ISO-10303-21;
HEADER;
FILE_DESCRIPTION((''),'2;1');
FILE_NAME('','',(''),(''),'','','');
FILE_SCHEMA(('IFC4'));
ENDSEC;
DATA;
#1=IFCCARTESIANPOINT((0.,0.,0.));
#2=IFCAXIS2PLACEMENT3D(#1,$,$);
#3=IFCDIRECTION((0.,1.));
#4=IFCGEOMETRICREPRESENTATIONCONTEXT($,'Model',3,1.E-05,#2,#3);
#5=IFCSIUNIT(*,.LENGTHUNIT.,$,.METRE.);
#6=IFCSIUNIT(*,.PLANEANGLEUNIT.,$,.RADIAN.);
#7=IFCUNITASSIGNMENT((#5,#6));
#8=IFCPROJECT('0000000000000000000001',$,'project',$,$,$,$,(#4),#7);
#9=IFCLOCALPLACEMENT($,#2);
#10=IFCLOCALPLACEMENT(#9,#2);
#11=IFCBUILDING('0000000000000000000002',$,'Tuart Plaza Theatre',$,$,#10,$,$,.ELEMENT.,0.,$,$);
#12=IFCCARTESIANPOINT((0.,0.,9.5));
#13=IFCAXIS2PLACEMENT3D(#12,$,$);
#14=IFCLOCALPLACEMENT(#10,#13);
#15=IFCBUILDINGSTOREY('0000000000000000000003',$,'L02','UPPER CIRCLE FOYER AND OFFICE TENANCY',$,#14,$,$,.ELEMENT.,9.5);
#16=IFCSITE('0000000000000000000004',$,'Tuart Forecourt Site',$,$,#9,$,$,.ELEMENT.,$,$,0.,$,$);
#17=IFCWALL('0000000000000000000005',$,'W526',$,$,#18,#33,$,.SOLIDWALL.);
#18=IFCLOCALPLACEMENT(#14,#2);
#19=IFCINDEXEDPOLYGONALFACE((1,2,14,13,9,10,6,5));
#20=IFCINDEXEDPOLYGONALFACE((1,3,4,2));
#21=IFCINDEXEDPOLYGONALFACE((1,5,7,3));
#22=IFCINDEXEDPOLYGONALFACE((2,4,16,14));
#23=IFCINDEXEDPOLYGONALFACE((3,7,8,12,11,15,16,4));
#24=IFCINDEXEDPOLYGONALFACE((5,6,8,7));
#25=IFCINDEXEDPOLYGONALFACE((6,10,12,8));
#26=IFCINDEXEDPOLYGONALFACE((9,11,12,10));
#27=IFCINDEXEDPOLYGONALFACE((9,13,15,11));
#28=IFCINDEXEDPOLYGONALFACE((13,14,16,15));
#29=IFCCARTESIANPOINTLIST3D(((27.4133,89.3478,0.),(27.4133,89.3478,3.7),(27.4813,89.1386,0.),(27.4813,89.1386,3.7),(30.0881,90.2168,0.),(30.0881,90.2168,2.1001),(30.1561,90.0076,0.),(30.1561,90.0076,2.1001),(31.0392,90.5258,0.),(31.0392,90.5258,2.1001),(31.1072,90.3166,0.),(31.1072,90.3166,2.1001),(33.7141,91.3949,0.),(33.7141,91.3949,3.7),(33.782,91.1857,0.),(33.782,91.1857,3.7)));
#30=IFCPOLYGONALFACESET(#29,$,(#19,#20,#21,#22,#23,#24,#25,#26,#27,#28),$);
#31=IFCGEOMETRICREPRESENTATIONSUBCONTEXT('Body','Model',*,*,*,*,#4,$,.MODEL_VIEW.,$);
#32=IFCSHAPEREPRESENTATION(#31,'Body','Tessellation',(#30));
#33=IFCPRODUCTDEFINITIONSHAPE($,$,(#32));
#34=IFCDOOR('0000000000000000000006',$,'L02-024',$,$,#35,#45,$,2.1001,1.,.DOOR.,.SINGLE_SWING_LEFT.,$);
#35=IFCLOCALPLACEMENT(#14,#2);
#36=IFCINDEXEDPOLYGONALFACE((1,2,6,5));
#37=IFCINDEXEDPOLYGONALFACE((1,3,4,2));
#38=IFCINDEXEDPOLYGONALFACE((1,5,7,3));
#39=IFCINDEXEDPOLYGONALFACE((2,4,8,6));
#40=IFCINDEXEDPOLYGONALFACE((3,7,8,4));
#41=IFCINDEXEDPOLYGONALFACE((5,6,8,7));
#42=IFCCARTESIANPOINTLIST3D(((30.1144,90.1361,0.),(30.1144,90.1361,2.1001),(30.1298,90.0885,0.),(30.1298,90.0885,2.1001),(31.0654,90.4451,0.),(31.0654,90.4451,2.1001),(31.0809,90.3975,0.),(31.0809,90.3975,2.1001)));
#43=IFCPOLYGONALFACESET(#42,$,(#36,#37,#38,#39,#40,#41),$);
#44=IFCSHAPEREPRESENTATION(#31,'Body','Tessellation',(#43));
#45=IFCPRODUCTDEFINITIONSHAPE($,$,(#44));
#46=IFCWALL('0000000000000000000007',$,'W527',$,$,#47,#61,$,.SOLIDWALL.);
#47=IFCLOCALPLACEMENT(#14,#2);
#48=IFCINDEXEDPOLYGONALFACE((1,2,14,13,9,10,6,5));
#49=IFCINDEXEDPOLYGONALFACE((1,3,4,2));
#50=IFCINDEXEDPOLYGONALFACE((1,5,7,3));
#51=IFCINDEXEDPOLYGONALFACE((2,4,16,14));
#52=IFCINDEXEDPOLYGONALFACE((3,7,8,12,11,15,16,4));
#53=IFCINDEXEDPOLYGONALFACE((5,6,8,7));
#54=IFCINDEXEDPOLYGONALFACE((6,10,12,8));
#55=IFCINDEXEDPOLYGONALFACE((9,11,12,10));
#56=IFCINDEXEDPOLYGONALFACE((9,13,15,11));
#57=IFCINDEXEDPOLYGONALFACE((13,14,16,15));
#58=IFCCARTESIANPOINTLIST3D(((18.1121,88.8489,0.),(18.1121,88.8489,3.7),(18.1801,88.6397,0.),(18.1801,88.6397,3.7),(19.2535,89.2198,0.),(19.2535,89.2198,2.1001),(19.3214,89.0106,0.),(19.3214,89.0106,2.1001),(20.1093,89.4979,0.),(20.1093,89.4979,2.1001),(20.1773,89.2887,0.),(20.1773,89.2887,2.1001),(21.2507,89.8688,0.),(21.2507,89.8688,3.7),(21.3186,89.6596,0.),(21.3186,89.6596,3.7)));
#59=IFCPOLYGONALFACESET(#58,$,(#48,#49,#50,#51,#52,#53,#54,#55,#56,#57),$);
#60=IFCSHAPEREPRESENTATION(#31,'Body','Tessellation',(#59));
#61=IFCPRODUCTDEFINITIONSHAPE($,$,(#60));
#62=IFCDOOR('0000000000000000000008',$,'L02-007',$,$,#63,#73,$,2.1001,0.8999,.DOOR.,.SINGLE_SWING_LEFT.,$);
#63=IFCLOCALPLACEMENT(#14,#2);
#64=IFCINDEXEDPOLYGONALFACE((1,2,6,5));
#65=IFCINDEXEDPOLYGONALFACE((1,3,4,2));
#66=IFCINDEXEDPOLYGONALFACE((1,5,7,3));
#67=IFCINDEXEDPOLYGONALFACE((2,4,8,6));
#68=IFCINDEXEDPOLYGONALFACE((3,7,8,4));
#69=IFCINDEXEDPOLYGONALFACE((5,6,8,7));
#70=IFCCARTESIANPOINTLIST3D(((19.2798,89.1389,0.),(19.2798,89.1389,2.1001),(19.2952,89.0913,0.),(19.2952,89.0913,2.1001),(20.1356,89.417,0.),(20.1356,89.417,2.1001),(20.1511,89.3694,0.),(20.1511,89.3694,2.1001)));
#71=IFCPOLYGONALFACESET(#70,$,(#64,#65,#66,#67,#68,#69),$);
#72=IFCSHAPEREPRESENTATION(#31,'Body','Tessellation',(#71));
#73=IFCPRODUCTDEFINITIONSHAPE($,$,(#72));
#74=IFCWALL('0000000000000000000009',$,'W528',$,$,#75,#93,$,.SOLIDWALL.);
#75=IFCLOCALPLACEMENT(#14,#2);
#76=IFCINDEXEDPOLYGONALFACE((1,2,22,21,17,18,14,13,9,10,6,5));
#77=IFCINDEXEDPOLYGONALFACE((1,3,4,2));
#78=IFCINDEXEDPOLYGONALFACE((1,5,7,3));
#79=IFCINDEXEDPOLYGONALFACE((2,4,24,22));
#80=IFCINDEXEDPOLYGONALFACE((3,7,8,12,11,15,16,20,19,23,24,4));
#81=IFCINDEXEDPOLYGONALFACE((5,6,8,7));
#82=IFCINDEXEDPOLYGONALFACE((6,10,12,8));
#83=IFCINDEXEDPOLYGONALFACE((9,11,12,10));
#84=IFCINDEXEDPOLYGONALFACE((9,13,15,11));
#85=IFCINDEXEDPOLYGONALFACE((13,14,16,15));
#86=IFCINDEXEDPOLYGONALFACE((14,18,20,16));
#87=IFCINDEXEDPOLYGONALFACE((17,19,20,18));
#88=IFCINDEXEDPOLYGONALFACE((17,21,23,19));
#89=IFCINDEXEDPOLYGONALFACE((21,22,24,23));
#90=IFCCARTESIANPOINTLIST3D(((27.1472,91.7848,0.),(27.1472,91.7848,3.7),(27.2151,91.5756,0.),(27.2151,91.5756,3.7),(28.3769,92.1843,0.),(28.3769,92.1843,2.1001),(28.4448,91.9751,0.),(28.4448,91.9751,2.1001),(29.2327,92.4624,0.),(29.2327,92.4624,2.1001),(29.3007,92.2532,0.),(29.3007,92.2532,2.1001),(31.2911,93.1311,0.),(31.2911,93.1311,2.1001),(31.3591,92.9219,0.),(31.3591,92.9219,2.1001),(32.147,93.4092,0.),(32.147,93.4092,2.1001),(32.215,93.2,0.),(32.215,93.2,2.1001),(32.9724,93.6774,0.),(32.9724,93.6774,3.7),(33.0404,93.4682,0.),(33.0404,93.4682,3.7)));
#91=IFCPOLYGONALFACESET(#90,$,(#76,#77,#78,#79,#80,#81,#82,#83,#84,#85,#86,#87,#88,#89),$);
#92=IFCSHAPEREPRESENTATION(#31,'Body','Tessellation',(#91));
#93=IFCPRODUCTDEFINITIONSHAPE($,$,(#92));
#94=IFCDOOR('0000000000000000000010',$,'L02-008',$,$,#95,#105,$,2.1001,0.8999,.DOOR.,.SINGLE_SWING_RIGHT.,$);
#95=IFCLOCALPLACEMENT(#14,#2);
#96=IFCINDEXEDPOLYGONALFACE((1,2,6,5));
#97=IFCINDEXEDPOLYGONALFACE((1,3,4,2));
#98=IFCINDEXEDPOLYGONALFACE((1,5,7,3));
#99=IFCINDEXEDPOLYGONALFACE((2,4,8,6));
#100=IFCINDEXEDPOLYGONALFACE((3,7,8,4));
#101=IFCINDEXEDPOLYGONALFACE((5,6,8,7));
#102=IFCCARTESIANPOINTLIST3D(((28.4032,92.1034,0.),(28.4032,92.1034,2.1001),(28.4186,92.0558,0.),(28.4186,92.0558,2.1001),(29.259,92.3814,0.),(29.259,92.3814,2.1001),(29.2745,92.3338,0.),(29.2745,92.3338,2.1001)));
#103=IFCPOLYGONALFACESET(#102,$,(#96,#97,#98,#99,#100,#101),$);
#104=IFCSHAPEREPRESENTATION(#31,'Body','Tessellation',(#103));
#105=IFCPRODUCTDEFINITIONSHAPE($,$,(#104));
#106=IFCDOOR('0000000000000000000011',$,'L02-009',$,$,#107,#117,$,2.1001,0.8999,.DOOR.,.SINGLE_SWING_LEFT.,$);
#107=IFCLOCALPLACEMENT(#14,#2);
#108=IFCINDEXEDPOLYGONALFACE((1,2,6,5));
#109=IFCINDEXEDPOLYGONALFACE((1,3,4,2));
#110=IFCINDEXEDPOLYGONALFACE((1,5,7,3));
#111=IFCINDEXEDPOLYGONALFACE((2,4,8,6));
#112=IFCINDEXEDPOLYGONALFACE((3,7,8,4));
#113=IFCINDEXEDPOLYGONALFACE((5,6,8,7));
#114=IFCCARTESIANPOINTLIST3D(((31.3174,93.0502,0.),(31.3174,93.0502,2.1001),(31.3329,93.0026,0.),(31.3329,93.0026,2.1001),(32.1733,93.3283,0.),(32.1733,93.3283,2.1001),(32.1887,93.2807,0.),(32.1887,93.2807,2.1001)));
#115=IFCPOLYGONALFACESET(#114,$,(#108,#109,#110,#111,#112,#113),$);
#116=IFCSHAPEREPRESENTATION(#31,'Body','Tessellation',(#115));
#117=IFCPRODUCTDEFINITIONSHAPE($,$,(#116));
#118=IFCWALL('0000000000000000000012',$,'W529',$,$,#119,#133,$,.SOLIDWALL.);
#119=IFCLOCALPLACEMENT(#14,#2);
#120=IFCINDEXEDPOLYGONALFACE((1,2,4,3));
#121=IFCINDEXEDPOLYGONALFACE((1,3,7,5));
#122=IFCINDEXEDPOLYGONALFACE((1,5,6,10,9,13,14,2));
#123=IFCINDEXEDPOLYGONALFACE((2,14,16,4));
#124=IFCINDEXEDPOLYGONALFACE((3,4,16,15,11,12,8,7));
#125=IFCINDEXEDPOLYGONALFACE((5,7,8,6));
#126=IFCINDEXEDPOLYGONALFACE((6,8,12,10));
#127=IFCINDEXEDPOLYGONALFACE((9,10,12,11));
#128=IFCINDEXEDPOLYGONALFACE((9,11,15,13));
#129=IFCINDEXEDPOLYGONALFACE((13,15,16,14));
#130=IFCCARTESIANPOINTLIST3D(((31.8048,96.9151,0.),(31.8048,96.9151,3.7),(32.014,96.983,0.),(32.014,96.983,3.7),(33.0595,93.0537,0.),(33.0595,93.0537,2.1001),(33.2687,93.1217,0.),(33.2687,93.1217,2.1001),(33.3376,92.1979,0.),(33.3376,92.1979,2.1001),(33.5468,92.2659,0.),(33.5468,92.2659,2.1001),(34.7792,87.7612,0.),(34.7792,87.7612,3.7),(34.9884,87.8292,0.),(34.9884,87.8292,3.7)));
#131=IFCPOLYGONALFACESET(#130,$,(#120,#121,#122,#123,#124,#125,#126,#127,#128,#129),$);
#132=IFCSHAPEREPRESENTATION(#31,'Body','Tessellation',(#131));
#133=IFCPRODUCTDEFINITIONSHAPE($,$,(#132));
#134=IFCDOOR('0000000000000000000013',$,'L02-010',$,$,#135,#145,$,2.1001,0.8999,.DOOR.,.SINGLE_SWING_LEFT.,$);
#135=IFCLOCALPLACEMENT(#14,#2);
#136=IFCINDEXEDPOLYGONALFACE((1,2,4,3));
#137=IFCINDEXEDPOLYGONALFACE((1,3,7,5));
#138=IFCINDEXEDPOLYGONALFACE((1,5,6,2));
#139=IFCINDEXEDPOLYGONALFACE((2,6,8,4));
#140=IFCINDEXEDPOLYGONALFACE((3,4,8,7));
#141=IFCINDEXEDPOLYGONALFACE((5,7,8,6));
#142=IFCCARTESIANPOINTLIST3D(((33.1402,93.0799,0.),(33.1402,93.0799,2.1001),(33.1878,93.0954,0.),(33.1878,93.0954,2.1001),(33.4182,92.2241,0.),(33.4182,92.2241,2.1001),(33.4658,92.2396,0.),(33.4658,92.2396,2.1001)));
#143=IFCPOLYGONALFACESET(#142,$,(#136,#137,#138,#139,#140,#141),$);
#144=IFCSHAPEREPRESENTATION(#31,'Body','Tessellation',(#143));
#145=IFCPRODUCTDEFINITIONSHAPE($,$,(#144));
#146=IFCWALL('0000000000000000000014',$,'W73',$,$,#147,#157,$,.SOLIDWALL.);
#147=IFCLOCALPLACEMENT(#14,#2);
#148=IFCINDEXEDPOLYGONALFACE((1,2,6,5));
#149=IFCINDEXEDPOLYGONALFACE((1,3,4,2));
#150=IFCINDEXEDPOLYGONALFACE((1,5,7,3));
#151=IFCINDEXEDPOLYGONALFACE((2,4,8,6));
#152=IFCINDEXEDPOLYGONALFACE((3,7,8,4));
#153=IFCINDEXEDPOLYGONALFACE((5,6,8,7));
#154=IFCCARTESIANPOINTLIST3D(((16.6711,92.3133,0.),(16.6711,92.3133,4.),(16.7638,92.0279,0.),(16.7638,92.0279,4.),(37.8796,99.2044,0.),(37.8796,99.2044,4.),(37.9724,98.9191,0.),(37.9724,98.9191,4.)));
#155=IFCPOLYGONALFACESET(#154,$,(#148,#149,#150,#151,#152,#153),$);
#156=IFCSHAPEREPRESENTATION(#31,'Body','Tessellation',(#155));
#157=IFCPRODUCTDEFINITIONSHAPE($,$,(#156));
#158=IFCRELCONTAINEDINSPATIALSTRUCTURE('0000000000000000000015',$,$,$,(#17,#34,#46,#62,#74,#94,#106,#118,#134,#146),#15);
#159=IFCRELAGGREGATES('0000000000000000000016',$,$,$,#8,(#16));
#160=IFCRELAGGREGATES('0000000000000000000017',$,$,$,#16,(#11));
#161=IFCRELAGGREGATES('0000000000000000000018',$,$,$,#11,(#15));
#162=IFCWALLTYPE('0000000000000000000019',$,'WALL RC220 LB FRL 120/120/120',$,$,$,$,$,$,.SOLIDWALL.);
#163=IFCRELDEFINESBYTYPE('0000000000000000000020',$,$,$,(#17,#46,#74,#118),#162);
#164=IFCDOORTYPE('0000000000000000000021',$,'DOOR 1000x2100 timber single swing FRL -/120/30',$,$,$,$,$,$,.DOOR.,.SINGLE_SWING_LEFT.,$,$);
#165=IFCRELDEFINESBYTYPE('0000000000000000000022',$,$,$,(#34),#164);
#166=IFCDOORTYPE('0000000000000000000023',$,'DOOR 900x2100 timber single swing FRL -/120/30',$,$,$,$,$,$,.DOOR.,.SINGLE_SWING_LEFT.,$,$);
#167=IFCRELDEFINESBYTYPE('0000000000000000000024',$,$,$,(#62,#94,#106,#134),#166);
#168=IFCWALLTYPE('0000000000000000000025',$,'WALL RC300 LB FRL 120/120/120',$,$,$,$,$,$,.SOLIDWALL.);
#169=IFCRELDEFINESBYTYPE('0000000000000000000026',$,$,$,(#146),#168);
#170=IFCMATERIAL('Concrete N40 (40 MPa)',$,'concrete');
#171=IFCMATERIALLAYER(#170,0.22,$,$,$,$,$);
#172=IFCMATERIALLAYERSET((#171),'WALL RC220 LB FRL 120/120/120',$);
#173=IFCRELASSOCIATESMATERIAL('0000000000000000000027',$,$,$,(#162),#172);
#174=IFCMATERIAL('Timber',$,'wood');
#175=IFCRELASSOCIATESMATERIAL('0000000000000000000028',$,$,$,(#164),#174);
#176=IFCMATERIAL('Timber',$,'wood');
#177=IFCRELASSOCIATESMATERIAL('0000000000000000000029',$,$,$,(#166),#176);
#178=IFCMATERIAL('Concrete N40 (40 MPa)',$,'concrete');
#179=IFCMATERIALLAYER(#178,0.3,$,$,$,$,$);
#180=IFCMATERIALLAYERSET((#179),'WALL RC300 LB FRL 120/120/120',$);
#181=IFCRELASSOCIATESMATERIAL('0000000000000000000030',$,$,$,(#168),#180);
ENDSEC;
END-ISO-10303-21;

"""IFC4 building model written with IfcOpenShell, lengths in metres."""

from ifc_helpers import new_model, si_unit, direction, frame, frame_2d, origin, place, context, subcontext, project, spatial, rectangle, extrude, material, layer, layer_set, type_object, element, fill, save


model = new_model("IFC4")

# Units and contexts
model_context = context("Model", 3, precision=1e-05, world=origin(), true_north=direction((0.0, 1.0)))
body_context = subcontext(model_context, "Body", "Model", "MODEL_VIEW")
ifc_project = project(units=[si_unit("LENGTHUNIT", "METRE"), si_unit("PLANEANGLEUNIT", "RADIAN")], contexts=[model_context])

# Site, building, storey
site_placement = place(None, origin())
site = spatial("IfcSite", under=ifc_project, at=site_placement, Name="Tuart Forecourt Site", CompositionType="ELEMENT", RefElevation=0.0)
building_placement = place(site_placement, origin())
building = spatial("IfcBuilding", under=site, at=building_placement, Name="Tuart Plaza Theatre", CompositionType="ELEMENT", ElevationOfRefHeight=0.0)
storey_placement = place(building_placement, frame((0.0, 0.0, 9.5)))
storey = spatial("IfcBuildingStorey", under=building, at=storey_placement, Name="L02", Description="UPPER CIRCLE FOYER AND OFFICE TENANCY", CompositionType="ELEMENT", Elevation=9.5)

# Walls, openings, doors
ifc_material_1 = material(Name="Concrete N40 (40 MPa)", Category="concrete")
ifc_layer_1 = layer(ifc_material_1, 0.22)
ifc_layer_set_1 = layer_set([ifc_layer_1], Name="WALL RC220 LB FRL 120/120/120")
wall_type_1 = type_object("IfcWallType", Name="WALL RC220 LB FRL 120/120/120", PredefinedType="SOLIDWALL", material=ifc_layer_set_1)
wall_1_placement = place(storey_placement, frame((27.4473, 89.2432, 0.0), z_axis=(0.0, 0.0, 1.0), x_axis=(0.951062, 0.308999, 0.0)))
wall_1 = element("IfcWall", 1, at=wall_1_placement, inside=storey, type_object=wall_type_1, Name="W526", PredefinedType="SOLIDWALL", context=body_context, shape_type="SweptSolid", body=[
    extrude(rectangle(XDim=6.625, YDim=0.22, at=frame_2d((3.3125, 0.0))), origin(), (0.0, 0.0, 1.0), 3.7),
])
opening_1_placement = place(wall_1_placement, frame((2.8125, 0.0, 0.0)))
opening_1 = element("IfcOpeningElement", 2, at=opening_1_placement, cuts=wall_1, PredefinedType="OPENING", context=body_context, shape_type="SweptSolid", body=[
    extrude(rectangle(XDim=1.0, YDim=2.1001, at=frame_2d((0.5, 1.05))), frame((0.0, 0.1199, 0.0), z_axis=(0.0, -1.0, 0.0), x_axis=(1.0, 0.0, 0.0)), (0.0, 0.0, 1.0), 0.24),
])
ifc_material_2 = material(Name="Timber", Category="wood")
door_type_1 = type_object("IfcDoorType", Name="DOOR 1000x2100 timber single swing FRL -/120/30", OperationType="SINGLE_SWING_LEFT", PredefinedType="DOOR", material=ifc_material_2)
door_1_placement = place(opening_1_placement, frame((1.0, 0.0, 0.0), z_axis=(0.0, 0.0, 1.0), x_axis=(-1.0, 0.0, 0.0)))
door_1 = element("IfcDoor", 3, at=door_1_placement, inside=storey, type_object=door_type_1, Name="L02-024", OperationType="SINGLE_SWING_LEFT", OverallHeight=2.1001, OverallWidth=1.0, PredefinedType="DOOR", context=body_context, shape_type="SweptSolid", body=[
    extrude(rectangle(XDim=1.0, YDim=2.1001, at=frame_2d((0.5, 1.05))), frame((0.0, 0.0249, 0.0), z_axis=(0.0, -1.0, 0.0), x_axis=(1.0, 0.0, 0.0)), (0.0, 0.0, 1.0), 0.05),
])
fill(opening_1, door_1)
wall_2_placement = place(storey_placement, frame((18.1462, 88.7444, 0.0), z_axis=(0.0, 0.0, 1.0), x_axis=(0.951053, 0.309028, 0.0)))
wall_2 = element("IfcWall", 4, at=wall_2_placement, inside=storey, type_object=wall_type_1, Name="W527", PredefinedType="SOLIDWALL", context=body_context, shape_type="SweptSolid", body=[
    extrude(rectangle(XDim=3.3, YDim=0.22, at=frame_2d((1.6499, 0.0))), origin(), (0.0, 0.0, 1.0), 3.7),
])
opening_2_placement = place(wall_2_placement, frame((1.2, 0.0, 0.0)))
opening_2 = element("IfcOpeningElement", 5, at=opening_2_placement, cuts=wall_2, PredefinedType="OPENING", context=body_context, shape_type="SweptSolid", body=[
    extrude(rectangle(XDim=0.8999, YDim=2.1001, at=frame_2d((0.45, 1.05))), frame((0.0, 0.1199, 0.0), z_axis=(0.0, -1.0, 0.0), x_axis=(1.0, 0.0, 0.0)), (0.0, 0.0, 1.0), 0.24),
])
ifc_material_3 = material(Name="Timber", Category="wood")
door_type_2 = type_object("IfcDoorType", Name="DOOR 900x2100 timber single swing FRL -/120/30", OperationType="SINGLE_SWING_LEFT", PredefinedType="DOOR", material=ifc_material_3)
door_2_placement = place(opening_2_placement, origin())
door_2 = element("IfcDoor", 6, at=door_2_placement, inside=storey, type_object=door_type_2, Name="L02-007", OperationType="SINGLE_SWING_LEFT", OverallHeight=2.1001, OverallWidth=0.8999, PredefinedType="DOOR", context=body_context, shape_type="SweptSolid", body=[
    extrude(rectangle(XDim=0.8999, YDim=2.1001, at=frame_2d((0.45, 1.05))), frame((0.0, 0.0249, 0.0), z_axis=(0.0, -1.0, 0.0), x_axis=(1.0, 0.0, 0.0)), (0.0, 0.0, 1.0), 0.05),
])
fill(opening_2, door_2)

# Wall, openings, doors
wall_3_placement = place(storey_placement, frame((27.1812, 91.6802, 0.0), z_axis=(0.0, 0.0, 1.0), x_axis=(0.951063, 0.308996, 0.0)))
wall_3 = element("IfcWall", 7, at=wall_3_placement, inside=storey, type_object=wall_type_1, Name="W528", PredefinedType="SOLIDWALL", context=body_context, shape_type="SweptSolid", body=[
    extrude(rectangle(XDim=6.125, YDim=0.22, at=frame_2d((3.0625, 0.0))), origin(), (0.0, 0.0, 1.0), 3.7),
])
opening_3_placement = place(wall_3_placement, frame((1.293, 0.0, 0.0)))
opening_3 = element("IfcOpeningElement", 8, at=opening_3_placement, cuts=wall_3, PredefinedType="OPENING", context=body_context, shape_type="SweptSolid", body=[
    extrude(rectangle(XDim=0.8999, YDim=2.1001, at=frame_2d((0.45, 1.05))), frame((0.0, 0.1199, 0.0), z_axis=(0.0, -1.0, 0.0), x_axis=(1.0, 0.0, 0.0)), (0.0, 0.0, 1.0), 0.24),
])
opening_4_placement = place(wall_3_placement, frame((4.3572, 0.0, 0.0)))
opening_4 = element("IfcOpeningElement", 9, at=opening_4_placement, cuts=wall_3, PredefinedType="OPENING", context=body_context, shape_type="SweptSolid", body=[
    extrude(rectangle(XDim=0.8999, YDim=2.1001, at=frame_2d((0.45, 1.05))), frame((0.0, 0.1199, 0.0), z_axis=(0.0, -1.0, 0.0), x_axis=(1.0, 0.0, 0.0)), (0.0, 0.0, 1.0), 0.24),
])
door_3_placement = place(opening_3_placement, origin())
door_3 = element("IfcDoor", 10, at=door_3_placement, inside=storey, type_object=door_type_2, Name="L02-008", OperationType="SINGLE_SWING_RIGHT", OverallHeight=2.1001, OverallWidth=0.8999, PredefinedType="DOOR", context=body_context, shape_type="SweptSolid", body=[
    extrude(rectangle(XDim=0.8999, YDim=2.1001, at=frame_2d((0.45, 1.05))), frame((0.0, 0.0249, 0.0), z_axis=(0.0, -1.0, 0.0), x_axis=(1.0, 0.0, 0.0)), (0.0, 0.0, 1.0), 0.05),
])
fill(opening_3, door_3)
door_4_placement = place(opening_4_placement, origin())
door_4 = element("IfcDoor", 11, at=door_4_placement, inside=storey, type_object=door_type_2, Name="L02-009", OperationType="SINGLE_SWING_LEFT", OverallHeight=2.1001, OverallWidth=0.8999, PredefinedType="DOOR", context=body_context, shape_type="SweptSolid", body=[
    extrude(rectangle(XDim=0.8999, YDim=2.1001, at=frame_2d((0.45, 1.05))), frame((0.0, 0.0249, 0.0), z_axis=(0.0, -1.0, 0.0), x_axis=(1.0, 0.0, 0.0)), (0.0, 0.0, 1.0), 0.05),
])
fill(opening_4, door_4)

# Wall, opening, door
wall_4_placement = place(storey_placement, frame((34.8838, 87.7952, 0.0), z_axis=(0.0, 0.0, 1.0), x_axis=(-0.309028, 0.951053, 0.0)))
wall_4 = element("IfcWall", 12, at=wall_4_placement, inside=storey, type_object=wall_type_1, Name="W529", PredefinedType="SOLIDWALL", context=body_context, shape_type="SweptSolid", body=[
    extrude(rectangle(XDim=9.625, YDim=0.22, at=frame_2d((4.8125, 0.0))), origin(), (0.0, 0.0, 1.0), 3.7),
])
opening_5_placement = place(wall_4_placement, frame((4.665, 0.0, 0.0)))
opening_5 = element("IfcOpeningElement", 13, at=opening_5_placement, cuts=wall_4, PredefinedType="OPENING", context=body_context, shape_type="SweptSolid", body=[
    extrude(rectangle(XDim=0.8999, YDim=2.1001, at=frame_2d((0.45, 1.05))), frame((0.0, 0.1199, 0.0), z_axis=(0.0, -1.0, 0.0), x_axis=(1.0, 0.0, 0.0)), (0.0, 0.0, 1.0), 0.24),
])
door_5_placement = place(opening_5_placement, frame((0.8999, 0.0, 0.0), z_axis=(0.0, 0.0, 1.0), x_axis=(-1.0, 0.0, 0.0)))
door_5 = element("IfcDoor", 14, at=door_5_placement, inside=storey, type_object=door_type_2, Name="L02-010", OperationType="SINGLE_SWING_LEFT", OverallHeight=2.1001, OverallWidth=0.8999, PredefinedType="DOOR", context=body_context, shape_type="SweptSolid", body=[
    extrude(rectangle(XDim=0.8999, YDim=2.1001, at=frame_2d((0.45, 1.05))), frame((0.0, 0.0249, 0.0), z_axis=(0.0, -1.0, 0.0), x_axis=(1.0, 0.0, 0.0)), (0.0, 0.0, 1.0), 0.05),
])
fill(opening_5, door_5)

# Wall
ifc_material_4 = material(Name="Concrete N40 (40 MPa)", Category="concrete")
ifc_layer_2 = layer(ifc_material_4, 0.3)
ifc_layer_set_2 = layer_set([ifc_layer_2], Name="WALL RC300 LB FRL 120/120/120")
wall_type_2 = type_object("IfcWallType", Name="WALL RC300 LB FRL 120/120/120", PredefinedType="SOLIDWALL", material=ifc_layer_set_2)
wall_5_placement = place(storey_placement, frame((16.7175, 92.1707, 0.0), z_axis=(0.0, 0.0, 1.0), x_axis=(0.951056, 0.309019, 0.0)))
element("IfcWall", 15, at=wall_5_placement, inside=storey, type_object=wall_type_2, Name="W73", PredefinedType="SOLIDWALL", context=body_context, shape_type="SweptSolid", body=[
    extrude(rectangle(XDim=22.3, YDim=0.3, at=frame_2d((11.1499, 0.0))), origin(), (0.0, 0.0, 1.0), 4.0),
])

save(model, "model.ifc")
